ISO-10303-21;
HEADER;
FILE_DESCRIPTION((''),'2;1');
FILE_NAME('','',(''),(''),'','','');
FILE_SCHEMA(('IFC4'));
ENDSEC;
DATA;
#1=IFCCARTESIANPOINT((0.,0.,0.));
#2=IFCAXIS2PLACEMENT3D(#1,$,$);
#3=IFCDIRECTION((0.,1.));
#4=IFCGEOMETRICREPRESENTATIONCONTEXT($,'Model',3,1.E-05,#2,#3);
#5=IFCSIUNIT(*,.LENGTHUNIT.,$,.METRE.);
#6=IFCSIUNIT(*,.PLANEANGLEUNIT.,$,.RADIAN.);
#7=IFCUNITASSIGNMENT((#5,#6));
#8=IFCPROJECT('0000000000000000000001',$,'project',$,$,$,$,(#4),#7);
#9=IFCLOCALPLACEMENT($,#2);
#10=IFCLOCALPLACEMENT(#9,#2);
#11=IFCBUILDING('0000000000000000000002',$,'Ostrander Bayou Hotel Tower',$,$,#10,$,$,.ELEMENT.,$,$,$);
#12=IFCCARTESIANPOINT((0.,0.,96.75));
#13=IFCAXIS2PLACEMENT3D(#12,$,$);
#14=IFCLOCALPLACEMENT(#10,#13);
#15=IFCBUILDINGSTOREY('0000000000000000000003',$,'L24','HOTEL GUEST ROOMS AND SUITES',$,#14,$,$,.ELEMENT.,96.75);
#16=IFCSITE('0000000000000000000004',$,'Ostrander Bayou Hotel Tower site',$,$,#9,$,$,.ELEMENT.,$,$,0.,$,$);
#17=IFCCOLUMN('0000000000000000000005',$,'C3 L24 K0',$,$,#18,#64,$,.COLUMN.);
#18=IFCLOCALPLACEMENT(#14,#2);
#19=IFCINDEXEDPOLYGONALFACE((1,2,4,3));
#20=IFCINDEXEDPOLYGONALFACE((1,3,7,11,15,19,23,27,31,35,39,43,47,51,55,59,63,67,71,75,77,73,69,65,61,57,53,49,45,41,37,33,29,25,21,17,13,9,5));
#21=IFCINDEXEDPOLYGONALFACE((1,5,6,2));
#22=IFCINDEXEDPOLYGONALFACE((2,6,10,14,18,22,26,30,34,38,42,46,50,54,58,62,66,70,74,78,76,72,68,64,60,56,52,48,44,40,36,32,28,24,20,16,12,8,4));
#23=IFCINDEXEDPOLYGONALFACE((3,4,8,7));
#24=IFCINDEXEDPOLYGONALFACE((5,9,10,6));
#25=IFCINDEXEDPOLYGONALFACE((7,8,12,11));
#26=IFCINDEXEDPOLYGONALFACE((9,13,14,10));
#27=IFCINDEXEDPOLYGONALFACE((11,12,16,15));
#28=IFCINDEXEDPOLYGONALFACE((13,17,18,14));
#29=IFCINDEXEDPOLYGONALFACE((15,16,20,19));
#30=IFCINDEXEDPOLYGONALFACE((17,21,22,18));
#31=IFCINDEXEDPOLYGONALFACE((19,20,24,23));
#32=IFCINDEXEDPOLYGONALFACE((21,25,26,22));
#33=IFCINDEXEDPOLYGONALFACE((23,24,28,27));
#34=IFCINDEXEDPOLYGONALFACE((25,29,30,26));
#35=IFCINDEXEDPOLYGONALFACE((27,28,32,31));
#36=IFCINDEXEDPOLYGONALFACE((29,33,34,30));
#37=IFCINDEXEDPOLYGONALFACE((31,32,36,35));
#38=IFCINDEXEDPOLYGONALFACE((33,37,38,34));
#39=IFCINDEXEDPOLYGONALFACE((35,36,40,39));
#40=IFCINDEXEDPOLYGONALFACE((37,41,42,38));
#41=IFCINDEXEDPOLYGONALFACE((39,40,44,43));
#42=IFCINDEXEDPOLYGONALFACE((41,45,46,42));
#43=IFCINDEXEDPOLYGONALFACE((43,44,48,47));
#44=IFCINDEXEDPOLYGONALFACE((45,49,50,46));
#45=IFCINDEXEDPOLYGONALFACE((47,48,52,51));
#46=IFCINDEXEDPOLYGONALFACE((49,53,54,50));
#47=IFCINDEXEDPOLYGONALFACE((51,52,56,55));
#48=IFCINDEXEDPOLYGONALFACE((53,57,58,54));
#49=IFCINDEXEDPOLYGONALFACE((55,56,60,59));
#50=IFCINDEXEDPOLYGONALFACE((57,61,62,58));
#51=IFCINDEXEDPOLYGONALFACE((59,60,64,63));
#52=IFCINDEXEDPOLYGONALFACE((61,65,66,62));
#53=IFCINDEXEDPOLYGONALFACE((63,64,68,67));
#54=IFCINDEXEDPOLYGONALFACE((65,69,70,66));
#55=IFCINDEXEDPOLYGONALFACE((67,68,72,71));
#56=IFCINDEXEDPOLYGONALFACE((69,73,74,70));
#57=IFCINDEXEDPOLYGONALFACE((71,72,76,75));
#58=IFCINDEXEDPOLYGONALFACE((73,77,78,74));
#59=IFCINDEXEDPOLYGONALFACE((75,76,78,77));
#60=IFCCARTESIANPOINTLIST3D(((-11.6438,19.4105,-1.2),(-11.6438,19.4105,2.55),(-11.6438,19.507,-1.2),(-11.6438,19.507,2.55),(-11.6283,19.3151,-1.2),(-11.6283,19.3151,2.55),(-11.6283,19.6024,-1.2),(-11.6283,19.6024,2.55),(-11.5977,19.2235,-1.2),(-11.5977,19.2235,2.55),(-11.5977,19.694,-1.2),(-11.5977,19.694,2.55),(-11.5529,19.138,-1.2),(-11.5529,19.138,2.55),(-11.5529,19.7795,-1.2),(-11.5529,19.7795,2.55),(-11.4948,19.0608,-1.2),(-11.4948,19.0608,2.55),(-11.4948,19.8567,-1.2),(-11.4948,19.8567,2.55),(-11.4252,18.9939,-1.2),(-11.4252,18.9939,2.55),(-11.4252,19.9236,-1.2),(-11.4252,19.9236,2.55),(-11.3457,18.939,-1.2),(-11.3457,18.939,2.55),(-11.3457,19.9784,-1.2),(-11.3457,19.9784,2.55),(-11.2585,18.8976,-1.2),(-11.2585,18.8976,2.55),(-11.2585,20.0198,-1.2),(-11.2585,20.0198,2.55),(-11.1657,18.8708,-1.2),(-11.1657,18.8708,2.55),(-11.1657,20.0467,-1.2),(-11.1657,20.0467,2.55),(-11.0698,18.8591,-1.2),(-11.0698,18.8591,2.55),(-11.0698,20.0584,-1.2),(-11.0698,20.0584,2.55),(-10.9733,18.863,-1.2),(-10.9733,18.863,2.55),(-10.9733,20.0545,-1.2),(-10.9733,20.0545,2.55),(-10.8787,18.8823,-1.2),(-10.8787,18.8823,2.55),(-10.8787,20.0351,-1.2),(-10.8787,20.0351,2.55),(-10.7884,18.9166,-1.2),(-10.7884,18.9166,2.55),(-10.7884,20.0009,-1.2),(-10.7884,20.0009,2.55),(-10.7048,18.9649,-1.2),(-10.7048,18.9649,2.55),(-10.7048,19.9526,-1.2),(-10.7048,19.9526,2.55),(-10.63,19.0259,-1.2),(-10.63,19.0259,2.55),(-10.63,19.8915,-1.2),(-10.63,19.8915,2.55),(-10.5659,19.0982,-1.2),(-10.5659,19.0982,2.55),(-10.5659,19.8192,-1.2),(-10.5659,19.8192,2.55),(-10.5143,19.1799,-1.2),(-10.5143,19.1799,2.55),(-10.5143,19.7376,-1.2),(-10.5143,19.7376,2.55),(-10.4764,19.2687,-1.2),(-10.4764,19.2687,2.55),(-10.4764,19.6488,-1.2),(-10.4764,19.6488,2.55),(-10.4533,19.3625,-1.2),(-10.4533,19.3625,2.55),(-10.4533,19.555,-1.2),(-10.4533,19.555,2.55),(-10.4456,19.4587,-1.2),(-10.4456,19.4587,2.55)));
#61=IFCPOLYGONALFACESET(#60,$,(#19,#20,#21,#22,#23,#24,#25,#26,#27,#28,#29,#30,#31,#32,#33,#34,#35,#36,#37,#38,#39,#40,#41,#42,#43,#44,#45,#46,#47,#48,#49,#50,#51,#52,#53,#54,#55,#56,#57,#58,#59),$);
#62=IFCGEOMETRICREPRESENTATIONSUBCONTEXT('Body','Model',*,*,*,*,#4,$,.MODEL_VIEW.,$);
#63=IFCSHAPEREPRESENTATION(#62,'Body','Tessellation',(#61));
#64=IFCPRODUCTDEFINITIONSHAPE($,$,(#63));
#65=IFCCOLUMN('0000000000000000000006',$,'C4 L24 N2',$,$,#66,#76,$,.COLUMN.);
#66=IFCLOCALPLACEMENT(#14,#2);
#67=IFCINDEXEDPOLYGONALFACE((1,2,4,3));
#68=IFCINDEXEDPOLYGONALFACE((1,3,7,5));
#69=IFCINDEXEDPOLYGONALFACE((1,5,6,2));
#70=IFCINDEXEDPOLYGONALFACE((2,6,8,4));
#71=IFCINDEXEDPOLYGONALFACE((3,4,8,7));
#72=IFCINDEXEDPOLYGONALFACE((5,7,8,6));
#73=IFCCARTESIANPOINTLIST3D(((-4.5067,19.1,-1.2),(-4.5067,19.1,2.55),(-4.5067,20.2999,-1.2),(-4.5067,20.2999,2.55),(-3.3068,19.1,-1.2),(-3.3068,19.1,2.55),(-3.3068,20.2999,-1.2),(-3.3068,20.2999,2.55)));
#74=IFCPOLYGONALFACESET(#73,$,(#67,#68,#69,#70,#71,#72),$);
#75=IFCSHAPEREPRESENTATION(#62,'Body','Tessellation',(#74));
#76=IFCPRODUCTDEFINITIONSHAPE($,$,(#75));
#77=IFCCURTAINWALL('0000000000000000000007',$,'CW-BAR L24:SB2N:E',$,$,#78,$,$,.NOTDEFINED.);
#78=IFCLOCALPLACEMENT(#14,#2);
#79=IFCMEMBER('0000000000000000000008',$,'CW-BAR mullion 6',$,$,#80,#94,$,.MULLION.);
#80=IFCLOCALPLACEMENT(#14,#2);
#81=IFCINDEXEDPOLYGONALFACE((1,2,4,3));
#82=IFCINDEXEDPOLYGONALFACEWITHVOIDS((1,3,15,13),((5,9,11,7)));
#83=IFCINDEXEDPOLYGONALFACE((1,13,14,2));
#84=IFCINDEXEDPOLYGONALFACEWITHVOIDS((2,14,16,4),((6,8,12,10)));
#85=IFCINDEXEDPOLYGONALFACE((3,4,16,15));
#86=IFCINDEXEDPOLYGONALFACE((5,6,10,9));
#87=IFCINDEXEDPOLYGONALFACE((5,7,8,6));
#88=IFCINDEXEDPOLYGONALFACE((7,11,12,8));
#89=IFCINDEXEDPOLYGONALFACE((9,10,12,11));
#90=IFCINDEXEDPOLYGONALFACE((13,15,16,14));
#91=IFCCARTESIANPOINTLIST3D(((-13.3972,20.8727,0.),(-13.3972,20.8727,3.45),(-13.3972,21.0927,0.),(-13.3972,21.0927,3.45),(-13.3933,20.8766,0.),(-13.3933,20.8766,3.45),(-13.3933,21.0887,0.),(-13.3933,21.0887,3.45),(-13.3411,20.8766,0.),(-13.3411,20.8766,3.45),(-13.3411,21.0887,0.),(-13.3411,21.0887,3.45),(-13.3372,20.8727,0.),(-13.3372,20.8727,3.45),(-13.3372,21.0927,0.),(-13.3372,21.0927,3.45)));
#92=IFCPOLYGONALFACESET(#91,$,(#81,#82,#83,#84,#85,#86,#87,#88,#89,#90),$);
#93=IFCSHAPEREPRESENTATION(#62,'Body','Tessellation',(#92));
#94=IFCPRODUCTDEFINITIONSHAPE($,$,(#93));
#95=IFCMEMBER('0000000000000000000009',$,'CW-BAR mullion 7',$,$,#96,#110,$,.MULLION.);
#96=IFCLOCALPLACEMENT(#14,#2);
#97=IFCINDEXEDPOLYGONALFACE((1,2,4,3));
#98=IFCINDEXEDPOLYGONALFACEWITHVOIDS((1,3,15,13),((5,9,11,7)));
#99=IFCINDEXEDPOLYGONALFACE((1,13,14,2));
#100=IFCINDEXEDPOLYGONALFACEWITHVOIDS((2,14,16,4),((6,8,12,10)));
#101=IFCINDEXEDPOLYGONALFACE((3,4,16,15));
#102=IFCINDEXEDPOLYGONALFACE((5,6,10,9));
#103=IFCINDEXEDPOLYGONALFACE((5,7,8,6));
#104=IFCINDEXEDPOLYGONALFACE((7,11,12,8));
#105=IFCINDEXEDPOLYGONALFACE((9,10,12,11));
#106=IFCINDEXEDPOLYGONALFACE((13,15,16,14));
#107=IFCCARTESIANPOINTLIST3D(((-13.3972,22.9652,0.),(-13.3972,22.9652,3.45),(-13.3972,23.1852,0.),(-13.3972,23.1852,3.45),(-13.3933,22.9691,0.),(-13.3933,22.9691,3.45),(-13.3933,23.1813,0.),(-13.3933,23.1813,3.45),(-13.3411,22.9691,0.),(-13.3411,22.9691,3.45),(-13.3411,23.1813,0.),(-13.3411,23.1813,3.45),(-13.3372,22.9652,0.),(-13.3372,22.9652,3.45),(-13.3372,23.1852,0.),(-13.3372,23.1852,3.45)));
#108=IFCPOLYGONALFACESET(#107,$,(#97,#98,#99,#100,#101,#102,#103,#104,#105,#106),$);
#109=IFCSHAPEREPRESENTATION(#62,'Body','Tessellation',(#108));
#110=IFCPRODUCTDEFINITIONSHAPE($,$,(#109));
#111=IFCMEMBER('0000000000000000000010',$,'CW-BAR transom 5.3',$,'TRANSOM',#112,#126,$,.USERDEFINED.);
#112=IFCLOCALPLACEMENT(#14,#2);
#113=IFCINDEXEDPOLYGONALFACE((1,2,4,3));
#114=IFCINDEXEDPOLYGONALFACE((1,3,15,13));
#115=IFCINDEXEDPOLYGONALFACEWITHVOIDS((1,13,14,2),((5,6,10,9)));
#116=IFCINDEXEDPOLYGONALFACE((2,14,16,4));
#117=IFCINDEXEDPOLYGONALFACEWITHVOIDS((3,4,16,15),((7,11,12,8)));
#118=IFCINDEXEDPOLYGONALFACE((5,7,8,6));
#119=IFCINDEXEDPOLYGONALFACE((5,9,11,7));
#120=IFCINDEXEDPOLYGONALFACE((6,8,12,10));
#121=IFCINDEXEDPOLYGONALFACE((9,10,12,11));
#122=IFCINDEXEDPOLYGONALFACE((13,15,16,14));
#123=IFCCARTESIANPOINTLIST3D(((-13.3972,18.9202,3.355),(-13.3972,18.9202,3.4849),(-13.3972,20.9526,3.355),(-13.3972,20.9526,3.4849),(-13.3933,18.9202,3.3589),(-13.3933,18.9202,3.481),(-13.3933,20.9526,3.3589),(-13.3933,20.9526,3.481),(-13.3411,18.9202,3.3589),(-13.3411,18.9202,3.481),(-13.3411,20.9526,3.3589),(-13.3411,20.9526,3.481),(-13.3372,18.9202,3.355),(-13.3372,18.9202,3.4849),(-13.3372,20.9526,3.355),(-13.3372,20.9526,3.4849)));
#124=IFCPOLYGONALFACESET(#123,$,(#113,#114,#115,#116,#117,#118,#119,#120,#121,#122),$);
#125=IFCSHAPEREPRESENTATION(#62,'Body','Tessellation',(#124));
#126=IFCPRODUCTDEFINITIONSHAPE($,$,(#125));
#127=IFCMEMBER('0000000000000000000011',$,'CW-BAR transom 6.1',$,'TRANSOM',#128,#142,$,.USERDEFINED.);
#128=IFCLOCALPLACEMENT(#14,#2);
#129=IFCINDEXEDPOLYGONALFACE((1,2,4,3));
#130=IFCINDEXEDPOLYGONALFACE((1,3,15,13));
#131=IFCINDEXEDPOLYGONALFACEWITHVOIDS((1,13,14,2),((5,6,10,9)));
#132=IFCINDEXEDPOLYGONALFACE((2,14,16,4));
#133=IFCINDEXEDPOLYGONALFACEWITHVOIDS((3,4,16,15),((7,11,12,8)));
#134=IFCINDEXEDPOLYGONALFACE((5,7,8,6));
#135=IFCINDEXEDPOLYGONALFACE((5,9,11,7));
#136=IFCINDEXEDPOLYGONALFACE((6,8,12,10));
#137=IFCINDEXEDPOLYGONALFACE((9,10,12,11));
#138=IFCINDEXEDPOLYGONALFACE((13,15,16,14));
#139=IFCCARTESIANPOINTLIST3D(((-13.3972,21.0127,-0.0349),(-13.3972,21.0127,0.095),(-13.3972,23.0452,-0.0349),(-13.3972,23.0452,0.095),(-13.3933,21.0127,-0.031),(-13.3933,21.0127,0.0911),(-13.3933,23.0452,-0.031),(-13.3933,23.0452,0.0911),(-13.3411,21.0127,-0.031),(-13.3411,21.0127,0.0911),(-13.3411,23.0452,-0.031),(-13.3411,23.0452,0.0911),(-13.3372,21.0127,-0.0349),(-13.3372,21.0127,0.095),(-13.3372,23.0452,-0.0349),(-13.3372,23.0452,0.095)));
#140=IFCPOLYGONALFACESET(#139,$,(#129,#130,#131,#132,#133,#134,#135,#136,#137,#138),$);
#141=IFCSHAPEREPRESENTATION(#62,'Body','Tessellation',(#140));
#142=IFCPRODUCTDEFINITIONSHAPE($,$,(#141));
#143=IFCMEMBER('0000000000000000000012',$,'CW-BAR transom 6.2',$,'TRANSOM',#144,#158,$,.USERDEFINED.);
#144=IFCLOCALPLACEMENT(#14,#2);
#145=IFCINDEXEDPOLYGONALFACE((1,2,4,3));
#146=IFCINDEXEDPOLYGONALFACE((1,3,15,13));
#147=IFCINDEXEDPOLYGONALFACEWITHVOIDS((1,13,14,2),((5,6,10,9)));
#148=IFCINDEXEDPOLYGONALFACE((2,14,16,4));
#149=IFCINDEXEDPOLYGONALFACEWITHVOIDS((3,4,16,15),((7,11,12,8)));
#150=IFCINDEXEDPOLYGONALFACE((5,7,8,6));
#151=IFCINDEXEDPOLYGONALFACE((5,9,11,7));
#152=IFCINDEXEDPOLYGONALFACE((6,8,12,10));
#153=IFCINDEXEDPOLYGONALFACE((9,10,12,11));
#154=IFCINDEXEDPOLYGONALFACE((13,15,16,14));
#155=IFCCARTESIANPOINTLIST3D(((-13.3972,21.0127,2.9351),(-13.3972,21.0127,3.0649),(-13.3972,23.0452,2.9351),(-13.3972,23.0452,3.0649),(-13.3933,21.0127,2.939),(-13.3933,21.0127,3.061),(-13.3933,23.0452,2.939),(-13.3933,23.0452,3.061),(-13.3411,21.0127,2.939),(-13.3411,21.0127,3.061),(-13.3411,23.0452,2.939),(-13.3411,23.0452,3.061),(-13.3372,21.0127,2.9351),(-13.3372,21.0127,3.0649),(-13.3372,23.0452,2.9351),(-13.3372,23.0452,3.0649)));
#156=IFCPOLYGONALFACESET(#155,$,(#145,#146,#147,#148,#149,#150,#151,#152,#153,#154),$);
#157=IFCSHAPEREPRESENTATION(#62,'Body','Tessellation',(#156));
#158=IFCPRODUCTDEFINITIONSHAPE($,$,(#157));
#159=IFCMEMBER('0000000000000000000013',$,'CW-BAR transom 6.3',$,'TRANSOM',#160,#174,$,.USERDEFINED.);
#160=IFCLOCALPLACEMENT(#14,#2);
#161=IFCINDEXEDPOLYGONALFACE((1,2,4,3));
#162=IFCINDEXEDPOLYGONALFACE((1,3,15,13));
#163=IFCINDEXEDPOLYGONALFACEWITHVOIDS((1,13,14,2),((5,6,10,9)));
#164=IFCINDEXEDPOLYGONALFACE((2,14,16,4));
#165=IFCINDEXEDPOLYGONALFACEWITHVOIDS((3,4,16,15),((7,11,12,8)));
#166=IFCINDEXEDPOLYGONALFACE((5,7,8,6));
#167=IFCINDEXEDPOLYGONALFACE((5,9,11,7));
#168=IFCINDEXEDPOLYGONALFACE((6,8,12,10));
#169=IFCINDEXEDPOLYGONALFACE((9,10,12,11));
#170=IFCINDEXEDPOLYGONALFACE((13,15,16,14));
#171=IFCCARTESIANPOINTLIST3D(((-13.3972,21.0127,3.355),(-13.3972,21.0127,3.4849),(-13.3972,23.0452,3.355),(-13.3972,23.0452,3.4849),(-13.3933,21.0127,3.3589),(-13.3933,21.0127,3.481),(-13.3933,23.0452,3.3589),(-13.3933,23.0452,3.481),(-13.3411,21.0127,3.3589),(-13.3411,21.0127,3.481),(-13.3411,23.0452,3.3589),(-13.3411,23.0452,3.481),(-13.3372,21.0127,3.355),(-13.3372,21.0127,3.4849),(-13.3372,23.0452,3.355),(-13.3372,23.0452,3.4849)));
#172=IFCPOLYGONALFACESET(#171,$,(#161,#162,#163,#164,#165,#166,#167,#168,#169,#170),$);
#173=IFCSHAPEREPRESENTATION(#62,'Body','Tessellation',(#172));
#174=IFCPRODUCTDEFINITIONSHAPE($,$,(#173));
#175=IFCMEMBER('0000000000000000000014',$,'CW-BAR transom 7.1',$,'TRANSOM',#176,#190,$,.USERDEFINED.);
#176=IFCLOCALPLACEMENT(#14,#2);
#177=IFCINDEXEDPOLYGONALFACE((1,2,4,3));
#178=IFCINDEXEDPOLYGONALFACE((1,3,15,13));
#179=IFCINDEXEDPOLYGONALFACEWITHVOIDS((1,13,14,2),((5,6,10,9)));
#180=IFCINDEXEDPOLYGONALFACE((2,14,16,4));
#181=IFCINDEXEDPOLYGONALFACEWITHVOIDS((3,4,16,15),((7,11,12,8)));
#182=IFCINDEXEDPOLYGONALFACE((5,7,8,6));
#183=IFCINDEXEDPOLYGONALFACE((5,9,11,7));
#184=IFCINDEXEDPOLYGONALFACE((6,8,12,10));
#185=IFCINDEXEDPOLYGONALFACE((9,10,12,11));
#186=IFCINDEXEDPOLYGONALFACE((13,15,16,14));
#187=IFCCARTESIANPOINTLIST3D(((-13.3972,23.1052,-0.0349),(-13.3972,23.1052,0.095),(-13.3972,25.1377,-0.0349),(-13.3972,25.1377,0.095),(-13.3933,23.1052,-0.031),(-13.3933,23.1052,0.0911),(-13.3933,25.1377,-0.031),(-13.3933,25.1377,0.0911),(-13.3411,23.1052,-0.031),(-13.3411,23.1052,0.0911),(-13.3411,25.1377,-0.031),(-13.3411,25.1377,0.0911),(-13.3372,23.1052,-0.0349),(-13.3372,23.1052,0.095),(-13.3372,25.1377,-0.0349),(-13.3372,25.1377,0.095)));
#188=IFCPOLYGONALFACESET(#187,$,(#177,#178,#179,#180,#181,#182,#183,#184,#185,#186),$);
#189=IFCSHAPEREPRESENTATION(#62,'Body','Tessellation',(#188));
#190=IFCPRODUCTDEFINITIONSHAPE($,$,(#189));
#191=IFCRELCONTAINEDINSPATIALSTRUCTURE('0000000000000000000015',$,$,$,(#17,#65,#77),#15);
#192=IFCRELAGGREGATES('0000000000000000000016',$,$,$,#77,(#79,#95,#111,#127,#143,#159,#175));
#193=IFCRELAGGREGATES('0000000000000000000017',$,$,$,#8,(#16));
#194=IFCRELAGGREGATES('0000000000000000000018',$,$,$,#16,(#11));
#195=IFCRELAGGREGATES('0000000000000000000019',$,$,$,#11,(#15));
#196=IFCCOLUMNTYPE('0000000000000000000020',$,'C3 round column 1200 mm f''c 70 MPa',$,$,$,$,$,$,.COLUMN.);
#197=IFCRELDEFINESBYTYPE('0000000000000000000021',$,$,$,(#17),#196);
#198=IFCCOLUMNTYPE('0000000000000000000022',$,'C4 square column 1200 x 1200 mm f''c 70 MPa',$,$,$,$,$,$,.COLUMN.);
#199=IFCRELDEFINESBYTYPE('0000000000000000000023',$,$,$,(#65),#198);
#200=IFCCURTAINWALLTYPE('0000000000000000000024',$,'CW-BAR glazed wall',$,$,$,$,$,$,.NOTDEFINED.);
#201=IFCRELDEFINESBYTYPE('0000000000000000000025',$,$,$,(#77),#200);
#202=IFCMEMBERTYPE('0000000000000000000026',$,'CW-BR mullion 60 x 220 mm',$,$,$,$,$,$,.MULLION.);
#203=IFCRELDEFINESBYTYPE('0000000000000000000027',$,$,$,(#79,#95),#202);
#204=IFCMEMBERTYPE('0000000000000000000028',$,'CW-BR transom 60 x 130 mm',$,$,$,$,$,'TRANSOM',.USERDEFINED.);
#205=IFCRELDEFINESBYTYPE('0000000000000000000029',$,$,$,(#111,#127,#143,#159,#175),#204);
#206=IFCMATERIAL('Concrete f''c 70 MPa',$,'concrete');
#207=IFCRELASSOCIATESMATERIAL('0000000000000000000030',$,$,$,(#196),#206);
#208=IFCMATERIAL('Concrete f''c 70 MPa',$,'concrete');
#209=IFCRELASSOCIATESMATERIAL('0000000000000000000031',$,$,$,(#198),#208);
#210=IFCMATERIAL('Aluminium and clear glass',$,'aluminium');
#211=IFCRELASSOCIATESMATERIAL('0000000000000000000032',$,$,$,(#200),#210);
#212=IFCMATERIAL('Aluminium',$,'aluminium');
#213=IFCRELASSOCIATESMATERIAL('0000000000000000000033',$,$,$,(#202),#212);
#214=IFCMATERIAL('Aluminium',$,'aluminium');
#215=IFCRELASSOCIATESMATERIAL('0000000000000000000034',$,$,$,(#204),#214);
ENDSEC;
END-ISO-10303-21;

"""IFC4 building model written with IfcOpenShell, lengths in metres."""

from ifc_helpers import new_model, si_unit, direction, frame, origin, origin_2d, place, context, subcontext, project, spatial, rectangle, hollow_rectangle, circle, extrude, material, material_profile, profile_set, type_object, element, aggregate, save


model = new_model("IFC4")

# Units and contexts
model_context = context("Model", 3, precision=1e-05, world=origin(), true_north=direction((0.0, 1.0)))
body_context = subcontext(model_context, "Body", "Model", "MODEL_VIEW")
ifc_project = project(units=[si_unit("LENGTHUNIT", "METRE"), si_unit("PLANEANGLEUNIT", "RADIAN")], contexts=[model_context])

# Site, building, storey
site_placement = place(None, origin())
site = spatial("IfcSite", under=ifc_project, at=site_placement, Name="Ostrander Bayou Hotel Tower site", CompositionType="ELEMENT", RefElevation=0.0)
building_placement = place(site_placement, origin())
building = spatial("IfcBuilding", under=site, at=building_placement, Name="Ostrander Bayou Hotel Tower", CompositionType="ELEMENT")
storey_placement = place(building_placement, frame((0.0, 0.0, 96.75)))
storey = spatial("IfcBuildingStorey", under=building, at=storey_placement, Name="L24", Description="HOTEL GUEST ROOMS AND SUITES", CompositionType="ELEMENT", Elevation=96.75)

# Columns
ifc_material_1 = material(Name="Concrete f'c 70 MPa", Category="concrete")
ifc_material_profile_1 = material_profile(ifc_material_1, circle(Radius=0.6001, at=origin_2d()))
ifc_profile_set_1 = profile_set([ifc_material_profile_1], Name="Concrete f'c 70 MPa")
column_type_1 = type_object("IfcColumnType", Name="C3 round column 1200 mm f'c 70 MPa", PredefinedType="COLUMN", material=ifc_profile_set_1)
column_1_placement = place(storey_placement, frame((-11.0457, 19.4587, -1.2), z_axis=(0.0, 0.0, 1.0), x_axis=(1.0, 0.0, 0.0)))
element("IfcColumn", 1, at=column_1_placement, inside=storey, type_object=column_type_1, Name="C3 L24 K0", PredefinedType="COLUMN", context=body_context, shape_type="SweptSolid", body=[
    extrude(circle(Radius=0.6001, at=origin_2d()), origin(), (0.0, 0.0, 1.0), 3.75),
])
ifc_material_2 = material(Name="Concrete f'c 70 MPa", Category="concrete")
ifc_material_profile_2 = material_profile(ifc_material_2, rectangle(XDim=1.2, YDim=1.2, at=origin_2d()))
ifc_profile_set_2 = profile_set([ifc_material_profile_2], Name="Concrete f'c 70 MPa")
column_type_2 = type_object("IfcColumnType", Name="C4 square column 1200 x 1200 mm f'c 70 MPa", PredefinedType="COLUMN", material=ifc_profile_set_2)
column_2_placement = place(storey_placement, frame((-3.9067, 19.7, -1.2), z_axis=(0.0, 0.0, 1.0), x_axis=(1.0, 0.0, 0.0)))
element("IfcColumn", 2, at=column_2_placement, inside=storey, type_object=column_type_2, Name="C4 L24 N2", PredefinedType="COLUMN", context=body_context, shape_type="SweptSolid", body=[
    extrude(rectangle(XDim=1.2, YDim=1.2, at=origin_2d()), origin(), (0.0, 0.0, 1.0), 3.75),
])

# Curtain wall, members
ifc_material_3 = material(Name="Aluminium and clear glass", Category="aluminium")
curtain_wall_type = type_object("IfcCurtainWallType", Name="CW-BAR glazed wall", PredefinedType="NOTDEFINED", material=ifc_material_3)
curtain_wall_placement = place(storey_placement, origin())
curtain_wall = element("IfcCurtainWall", 3, at=curtain_wall_placement, inside=storey, type_object=curtain_wall_type, Name="CW-BAR L24:SB2N:E", PredefinedType="NOTDEFINED")
ifc_material_4 = material(Name="Aluminium", Category="aluminium")
ifc_material_profile_3 = material_profile(ifc_material_4, hollow_rectangle(XDim=0.0601, YDim=0.22, WallThickness=0.0039, at=origin_2d()))
ifc_profile_set_3 = profile_set([ifc_material_profile_3], Name="Aluminium")
member_type_1 = type_object("IfcMemberType", Name="CW-BR mullion 60 x 220 mm", PredefinedType="MULLION", material=ifc_profile_set_3)
member_1_placement = place(storey_placement, frame((-13.3672, 20.9827, 0.0), z_axis=(0.0, 0.0, 1.0), x_axis=(-1.0, 0.0, 0.0)))
member_1 = element("IfcMember", 4, at=member_1_placement, type_object=member_type_1, Name="CW-BAR mullion 6", PredefinedType="MULLION", context=body_context, shape_type="SweptSolid", body=[
    extrude(hollow_rectangle(XDim=0.0601, YDim=0.22, WallThickness=0.0039, at=origin_2d()), origin(), (0.0, 0.0, 1.0), 3.45),
])
member_2_placement = place(storey_placement, frame((-13.3672, 23.0752, 0.0), z_axis=(0.0, 0.0, 1.0), x_axis=(-1.0, 0.0, 0.0)))
member_2 = element("IfcMember", 5, at=member_2_placement, type_object=member_type_1, Name="CW-BAR mullion 7", PredefinedType="MULLION", context=body_context, shape_type="SweptSolid", body=[
    extrude(hollow_rectangle(XDim=0.0601, YDim=0.22, WallThickness=0.0039, at=origin_2d()), origin(), (0.0, 0.0, 1.0), 3.45),
])
ifc_material_5 = material(Name="Aluminium", Category="aluminium")
ifc_material_profile_4 = material_profile(ifc_material_5, hollow_rectangle(XDim=0.0601, YDim=0.1299, WallThickness=0.0039, at=origin_2d()))
ifc_profile_set_4 = profile_set([ifc_material_profile_4], Name="Aluminium")
member_type_2 = type_object("IfcMemberType", Name="CW-BR transom 60 x 130 mm", ElementType="TRANSOM", PredefinedType="USERDEFINED", material=ifc_profile_set_4)
member_3_placement = place(storey_placement, frame((-13.3672, 18.9202, 3.4199), z_axis=(0.0, 1.0, 0.0), x_axis=(-1.0, 0.0, 0.0)))
member_3 = element("IfcMember", 6, at=member_3_placement, type_object=member_type_2, Name="CW-BAR transom 5.3", ObjectType="TRANSOM", PredefinedType="USERDEFINED", context=body_context, shape_type="SweptSolid", body=[
    extrude(hollow_rectangle(XDim=0.0601, YDim=0.1299, WallThickness=0.0039, at=origin_2d()), origin(), (0.0, 0.0, 1.0), 2.0325),
])
member_4_placement = place(storey_placement, frame((-13.3672, 21.0127, 0.03), z_axis=(0.0, 1.0, 0.0), x_axis=(-1.0, 0.0, 0.0)))
member_4 = element("IfcMember", 7, at=member_4_placement, type_object=member_type_2, Name="CW-BAR transom 6.1", ObjectType="TRANSOM", PredefinedType="USERDEFINED", context=body_context, shape_type="SweptSolid", body=[
    extrude(hollow_rectangle(XDim=0.0601, YDim=0.1299, WallThickness=0.0039, at=origin_2d()), origin(), (0.0, 0.0, 1.0), 2.0325),
])
member_5_placement = place(storey_placement, frame((-13.3672, 21.0127, 3.0), z_axis=(0.0, 1.0, 0.0), x_axis=(-1.0, 0.0, 0.0)))
member_5 = element("IfcMember", 8, at=member_5_placement, type_object=member_type_2, Name="CW-BAR transom 6.2", ObjectType="TRANSOM", PredefinedType="USERDEFINED", context=body_context, shape_type="SweptSolid", body=[
    extrude(hollow_rectangle(XDim=0.0601, YDim=0.1299, WallThickness=0.0039, at=origin_2d()), origin(), (0.0, 0.0, 1.0), 2.0325),
])
member_6_placement = place(storey_placement, frame((-13.3672, 21.0127, 3.4199), z_axis=(0.0, 1.0, 0.0), x_axis=(-1.0, 0.0, 0.0)))
member_6 = element("IfcMember", 9, at=member_6_placement, type_object=member_type_2, Name="CW-BAR transom 6.3", ObjectType="TRANSOM", PredefinedType="USERDEFINED", context=body_context, shape_type="SweptSolid", body=[
    extrude(hollow_rectangle(XDim=0.0601, YDim=0.1299, WallThickness=0.0039, at=origin_2d()), origin(), (0.0, 0.0, 1.0), 2.0325),
])
member_7_placement = place(storey_placement, frame((-13.3672, 23.1052, 0.03), z_axis=(0.0, 1.0, 0.0), x_axis=(-1.0, 0.0, 0.0)))
member_7 = element("IfcMember", 10, at=member_7_placement, type_object=member_type_2, Name="CW-BAR transom 7.1", ObjectType="TRANSOM", PredefinedType="USERDEFINED", context=body_context, shape_type="SweptSolid", body=[
    extrude(hollow_rectangle(XDim=0.0601, YDim=0.1299, WallThickness=0.0039, at=origin_2d()), origin(), (0.0, 0.0, 1.0), 2.0325),
])

aggregate(curtain_wall, [member_1, member_2, member_3, member_4, member_5, member_6, member_7])

save(model, "model.ifc")
